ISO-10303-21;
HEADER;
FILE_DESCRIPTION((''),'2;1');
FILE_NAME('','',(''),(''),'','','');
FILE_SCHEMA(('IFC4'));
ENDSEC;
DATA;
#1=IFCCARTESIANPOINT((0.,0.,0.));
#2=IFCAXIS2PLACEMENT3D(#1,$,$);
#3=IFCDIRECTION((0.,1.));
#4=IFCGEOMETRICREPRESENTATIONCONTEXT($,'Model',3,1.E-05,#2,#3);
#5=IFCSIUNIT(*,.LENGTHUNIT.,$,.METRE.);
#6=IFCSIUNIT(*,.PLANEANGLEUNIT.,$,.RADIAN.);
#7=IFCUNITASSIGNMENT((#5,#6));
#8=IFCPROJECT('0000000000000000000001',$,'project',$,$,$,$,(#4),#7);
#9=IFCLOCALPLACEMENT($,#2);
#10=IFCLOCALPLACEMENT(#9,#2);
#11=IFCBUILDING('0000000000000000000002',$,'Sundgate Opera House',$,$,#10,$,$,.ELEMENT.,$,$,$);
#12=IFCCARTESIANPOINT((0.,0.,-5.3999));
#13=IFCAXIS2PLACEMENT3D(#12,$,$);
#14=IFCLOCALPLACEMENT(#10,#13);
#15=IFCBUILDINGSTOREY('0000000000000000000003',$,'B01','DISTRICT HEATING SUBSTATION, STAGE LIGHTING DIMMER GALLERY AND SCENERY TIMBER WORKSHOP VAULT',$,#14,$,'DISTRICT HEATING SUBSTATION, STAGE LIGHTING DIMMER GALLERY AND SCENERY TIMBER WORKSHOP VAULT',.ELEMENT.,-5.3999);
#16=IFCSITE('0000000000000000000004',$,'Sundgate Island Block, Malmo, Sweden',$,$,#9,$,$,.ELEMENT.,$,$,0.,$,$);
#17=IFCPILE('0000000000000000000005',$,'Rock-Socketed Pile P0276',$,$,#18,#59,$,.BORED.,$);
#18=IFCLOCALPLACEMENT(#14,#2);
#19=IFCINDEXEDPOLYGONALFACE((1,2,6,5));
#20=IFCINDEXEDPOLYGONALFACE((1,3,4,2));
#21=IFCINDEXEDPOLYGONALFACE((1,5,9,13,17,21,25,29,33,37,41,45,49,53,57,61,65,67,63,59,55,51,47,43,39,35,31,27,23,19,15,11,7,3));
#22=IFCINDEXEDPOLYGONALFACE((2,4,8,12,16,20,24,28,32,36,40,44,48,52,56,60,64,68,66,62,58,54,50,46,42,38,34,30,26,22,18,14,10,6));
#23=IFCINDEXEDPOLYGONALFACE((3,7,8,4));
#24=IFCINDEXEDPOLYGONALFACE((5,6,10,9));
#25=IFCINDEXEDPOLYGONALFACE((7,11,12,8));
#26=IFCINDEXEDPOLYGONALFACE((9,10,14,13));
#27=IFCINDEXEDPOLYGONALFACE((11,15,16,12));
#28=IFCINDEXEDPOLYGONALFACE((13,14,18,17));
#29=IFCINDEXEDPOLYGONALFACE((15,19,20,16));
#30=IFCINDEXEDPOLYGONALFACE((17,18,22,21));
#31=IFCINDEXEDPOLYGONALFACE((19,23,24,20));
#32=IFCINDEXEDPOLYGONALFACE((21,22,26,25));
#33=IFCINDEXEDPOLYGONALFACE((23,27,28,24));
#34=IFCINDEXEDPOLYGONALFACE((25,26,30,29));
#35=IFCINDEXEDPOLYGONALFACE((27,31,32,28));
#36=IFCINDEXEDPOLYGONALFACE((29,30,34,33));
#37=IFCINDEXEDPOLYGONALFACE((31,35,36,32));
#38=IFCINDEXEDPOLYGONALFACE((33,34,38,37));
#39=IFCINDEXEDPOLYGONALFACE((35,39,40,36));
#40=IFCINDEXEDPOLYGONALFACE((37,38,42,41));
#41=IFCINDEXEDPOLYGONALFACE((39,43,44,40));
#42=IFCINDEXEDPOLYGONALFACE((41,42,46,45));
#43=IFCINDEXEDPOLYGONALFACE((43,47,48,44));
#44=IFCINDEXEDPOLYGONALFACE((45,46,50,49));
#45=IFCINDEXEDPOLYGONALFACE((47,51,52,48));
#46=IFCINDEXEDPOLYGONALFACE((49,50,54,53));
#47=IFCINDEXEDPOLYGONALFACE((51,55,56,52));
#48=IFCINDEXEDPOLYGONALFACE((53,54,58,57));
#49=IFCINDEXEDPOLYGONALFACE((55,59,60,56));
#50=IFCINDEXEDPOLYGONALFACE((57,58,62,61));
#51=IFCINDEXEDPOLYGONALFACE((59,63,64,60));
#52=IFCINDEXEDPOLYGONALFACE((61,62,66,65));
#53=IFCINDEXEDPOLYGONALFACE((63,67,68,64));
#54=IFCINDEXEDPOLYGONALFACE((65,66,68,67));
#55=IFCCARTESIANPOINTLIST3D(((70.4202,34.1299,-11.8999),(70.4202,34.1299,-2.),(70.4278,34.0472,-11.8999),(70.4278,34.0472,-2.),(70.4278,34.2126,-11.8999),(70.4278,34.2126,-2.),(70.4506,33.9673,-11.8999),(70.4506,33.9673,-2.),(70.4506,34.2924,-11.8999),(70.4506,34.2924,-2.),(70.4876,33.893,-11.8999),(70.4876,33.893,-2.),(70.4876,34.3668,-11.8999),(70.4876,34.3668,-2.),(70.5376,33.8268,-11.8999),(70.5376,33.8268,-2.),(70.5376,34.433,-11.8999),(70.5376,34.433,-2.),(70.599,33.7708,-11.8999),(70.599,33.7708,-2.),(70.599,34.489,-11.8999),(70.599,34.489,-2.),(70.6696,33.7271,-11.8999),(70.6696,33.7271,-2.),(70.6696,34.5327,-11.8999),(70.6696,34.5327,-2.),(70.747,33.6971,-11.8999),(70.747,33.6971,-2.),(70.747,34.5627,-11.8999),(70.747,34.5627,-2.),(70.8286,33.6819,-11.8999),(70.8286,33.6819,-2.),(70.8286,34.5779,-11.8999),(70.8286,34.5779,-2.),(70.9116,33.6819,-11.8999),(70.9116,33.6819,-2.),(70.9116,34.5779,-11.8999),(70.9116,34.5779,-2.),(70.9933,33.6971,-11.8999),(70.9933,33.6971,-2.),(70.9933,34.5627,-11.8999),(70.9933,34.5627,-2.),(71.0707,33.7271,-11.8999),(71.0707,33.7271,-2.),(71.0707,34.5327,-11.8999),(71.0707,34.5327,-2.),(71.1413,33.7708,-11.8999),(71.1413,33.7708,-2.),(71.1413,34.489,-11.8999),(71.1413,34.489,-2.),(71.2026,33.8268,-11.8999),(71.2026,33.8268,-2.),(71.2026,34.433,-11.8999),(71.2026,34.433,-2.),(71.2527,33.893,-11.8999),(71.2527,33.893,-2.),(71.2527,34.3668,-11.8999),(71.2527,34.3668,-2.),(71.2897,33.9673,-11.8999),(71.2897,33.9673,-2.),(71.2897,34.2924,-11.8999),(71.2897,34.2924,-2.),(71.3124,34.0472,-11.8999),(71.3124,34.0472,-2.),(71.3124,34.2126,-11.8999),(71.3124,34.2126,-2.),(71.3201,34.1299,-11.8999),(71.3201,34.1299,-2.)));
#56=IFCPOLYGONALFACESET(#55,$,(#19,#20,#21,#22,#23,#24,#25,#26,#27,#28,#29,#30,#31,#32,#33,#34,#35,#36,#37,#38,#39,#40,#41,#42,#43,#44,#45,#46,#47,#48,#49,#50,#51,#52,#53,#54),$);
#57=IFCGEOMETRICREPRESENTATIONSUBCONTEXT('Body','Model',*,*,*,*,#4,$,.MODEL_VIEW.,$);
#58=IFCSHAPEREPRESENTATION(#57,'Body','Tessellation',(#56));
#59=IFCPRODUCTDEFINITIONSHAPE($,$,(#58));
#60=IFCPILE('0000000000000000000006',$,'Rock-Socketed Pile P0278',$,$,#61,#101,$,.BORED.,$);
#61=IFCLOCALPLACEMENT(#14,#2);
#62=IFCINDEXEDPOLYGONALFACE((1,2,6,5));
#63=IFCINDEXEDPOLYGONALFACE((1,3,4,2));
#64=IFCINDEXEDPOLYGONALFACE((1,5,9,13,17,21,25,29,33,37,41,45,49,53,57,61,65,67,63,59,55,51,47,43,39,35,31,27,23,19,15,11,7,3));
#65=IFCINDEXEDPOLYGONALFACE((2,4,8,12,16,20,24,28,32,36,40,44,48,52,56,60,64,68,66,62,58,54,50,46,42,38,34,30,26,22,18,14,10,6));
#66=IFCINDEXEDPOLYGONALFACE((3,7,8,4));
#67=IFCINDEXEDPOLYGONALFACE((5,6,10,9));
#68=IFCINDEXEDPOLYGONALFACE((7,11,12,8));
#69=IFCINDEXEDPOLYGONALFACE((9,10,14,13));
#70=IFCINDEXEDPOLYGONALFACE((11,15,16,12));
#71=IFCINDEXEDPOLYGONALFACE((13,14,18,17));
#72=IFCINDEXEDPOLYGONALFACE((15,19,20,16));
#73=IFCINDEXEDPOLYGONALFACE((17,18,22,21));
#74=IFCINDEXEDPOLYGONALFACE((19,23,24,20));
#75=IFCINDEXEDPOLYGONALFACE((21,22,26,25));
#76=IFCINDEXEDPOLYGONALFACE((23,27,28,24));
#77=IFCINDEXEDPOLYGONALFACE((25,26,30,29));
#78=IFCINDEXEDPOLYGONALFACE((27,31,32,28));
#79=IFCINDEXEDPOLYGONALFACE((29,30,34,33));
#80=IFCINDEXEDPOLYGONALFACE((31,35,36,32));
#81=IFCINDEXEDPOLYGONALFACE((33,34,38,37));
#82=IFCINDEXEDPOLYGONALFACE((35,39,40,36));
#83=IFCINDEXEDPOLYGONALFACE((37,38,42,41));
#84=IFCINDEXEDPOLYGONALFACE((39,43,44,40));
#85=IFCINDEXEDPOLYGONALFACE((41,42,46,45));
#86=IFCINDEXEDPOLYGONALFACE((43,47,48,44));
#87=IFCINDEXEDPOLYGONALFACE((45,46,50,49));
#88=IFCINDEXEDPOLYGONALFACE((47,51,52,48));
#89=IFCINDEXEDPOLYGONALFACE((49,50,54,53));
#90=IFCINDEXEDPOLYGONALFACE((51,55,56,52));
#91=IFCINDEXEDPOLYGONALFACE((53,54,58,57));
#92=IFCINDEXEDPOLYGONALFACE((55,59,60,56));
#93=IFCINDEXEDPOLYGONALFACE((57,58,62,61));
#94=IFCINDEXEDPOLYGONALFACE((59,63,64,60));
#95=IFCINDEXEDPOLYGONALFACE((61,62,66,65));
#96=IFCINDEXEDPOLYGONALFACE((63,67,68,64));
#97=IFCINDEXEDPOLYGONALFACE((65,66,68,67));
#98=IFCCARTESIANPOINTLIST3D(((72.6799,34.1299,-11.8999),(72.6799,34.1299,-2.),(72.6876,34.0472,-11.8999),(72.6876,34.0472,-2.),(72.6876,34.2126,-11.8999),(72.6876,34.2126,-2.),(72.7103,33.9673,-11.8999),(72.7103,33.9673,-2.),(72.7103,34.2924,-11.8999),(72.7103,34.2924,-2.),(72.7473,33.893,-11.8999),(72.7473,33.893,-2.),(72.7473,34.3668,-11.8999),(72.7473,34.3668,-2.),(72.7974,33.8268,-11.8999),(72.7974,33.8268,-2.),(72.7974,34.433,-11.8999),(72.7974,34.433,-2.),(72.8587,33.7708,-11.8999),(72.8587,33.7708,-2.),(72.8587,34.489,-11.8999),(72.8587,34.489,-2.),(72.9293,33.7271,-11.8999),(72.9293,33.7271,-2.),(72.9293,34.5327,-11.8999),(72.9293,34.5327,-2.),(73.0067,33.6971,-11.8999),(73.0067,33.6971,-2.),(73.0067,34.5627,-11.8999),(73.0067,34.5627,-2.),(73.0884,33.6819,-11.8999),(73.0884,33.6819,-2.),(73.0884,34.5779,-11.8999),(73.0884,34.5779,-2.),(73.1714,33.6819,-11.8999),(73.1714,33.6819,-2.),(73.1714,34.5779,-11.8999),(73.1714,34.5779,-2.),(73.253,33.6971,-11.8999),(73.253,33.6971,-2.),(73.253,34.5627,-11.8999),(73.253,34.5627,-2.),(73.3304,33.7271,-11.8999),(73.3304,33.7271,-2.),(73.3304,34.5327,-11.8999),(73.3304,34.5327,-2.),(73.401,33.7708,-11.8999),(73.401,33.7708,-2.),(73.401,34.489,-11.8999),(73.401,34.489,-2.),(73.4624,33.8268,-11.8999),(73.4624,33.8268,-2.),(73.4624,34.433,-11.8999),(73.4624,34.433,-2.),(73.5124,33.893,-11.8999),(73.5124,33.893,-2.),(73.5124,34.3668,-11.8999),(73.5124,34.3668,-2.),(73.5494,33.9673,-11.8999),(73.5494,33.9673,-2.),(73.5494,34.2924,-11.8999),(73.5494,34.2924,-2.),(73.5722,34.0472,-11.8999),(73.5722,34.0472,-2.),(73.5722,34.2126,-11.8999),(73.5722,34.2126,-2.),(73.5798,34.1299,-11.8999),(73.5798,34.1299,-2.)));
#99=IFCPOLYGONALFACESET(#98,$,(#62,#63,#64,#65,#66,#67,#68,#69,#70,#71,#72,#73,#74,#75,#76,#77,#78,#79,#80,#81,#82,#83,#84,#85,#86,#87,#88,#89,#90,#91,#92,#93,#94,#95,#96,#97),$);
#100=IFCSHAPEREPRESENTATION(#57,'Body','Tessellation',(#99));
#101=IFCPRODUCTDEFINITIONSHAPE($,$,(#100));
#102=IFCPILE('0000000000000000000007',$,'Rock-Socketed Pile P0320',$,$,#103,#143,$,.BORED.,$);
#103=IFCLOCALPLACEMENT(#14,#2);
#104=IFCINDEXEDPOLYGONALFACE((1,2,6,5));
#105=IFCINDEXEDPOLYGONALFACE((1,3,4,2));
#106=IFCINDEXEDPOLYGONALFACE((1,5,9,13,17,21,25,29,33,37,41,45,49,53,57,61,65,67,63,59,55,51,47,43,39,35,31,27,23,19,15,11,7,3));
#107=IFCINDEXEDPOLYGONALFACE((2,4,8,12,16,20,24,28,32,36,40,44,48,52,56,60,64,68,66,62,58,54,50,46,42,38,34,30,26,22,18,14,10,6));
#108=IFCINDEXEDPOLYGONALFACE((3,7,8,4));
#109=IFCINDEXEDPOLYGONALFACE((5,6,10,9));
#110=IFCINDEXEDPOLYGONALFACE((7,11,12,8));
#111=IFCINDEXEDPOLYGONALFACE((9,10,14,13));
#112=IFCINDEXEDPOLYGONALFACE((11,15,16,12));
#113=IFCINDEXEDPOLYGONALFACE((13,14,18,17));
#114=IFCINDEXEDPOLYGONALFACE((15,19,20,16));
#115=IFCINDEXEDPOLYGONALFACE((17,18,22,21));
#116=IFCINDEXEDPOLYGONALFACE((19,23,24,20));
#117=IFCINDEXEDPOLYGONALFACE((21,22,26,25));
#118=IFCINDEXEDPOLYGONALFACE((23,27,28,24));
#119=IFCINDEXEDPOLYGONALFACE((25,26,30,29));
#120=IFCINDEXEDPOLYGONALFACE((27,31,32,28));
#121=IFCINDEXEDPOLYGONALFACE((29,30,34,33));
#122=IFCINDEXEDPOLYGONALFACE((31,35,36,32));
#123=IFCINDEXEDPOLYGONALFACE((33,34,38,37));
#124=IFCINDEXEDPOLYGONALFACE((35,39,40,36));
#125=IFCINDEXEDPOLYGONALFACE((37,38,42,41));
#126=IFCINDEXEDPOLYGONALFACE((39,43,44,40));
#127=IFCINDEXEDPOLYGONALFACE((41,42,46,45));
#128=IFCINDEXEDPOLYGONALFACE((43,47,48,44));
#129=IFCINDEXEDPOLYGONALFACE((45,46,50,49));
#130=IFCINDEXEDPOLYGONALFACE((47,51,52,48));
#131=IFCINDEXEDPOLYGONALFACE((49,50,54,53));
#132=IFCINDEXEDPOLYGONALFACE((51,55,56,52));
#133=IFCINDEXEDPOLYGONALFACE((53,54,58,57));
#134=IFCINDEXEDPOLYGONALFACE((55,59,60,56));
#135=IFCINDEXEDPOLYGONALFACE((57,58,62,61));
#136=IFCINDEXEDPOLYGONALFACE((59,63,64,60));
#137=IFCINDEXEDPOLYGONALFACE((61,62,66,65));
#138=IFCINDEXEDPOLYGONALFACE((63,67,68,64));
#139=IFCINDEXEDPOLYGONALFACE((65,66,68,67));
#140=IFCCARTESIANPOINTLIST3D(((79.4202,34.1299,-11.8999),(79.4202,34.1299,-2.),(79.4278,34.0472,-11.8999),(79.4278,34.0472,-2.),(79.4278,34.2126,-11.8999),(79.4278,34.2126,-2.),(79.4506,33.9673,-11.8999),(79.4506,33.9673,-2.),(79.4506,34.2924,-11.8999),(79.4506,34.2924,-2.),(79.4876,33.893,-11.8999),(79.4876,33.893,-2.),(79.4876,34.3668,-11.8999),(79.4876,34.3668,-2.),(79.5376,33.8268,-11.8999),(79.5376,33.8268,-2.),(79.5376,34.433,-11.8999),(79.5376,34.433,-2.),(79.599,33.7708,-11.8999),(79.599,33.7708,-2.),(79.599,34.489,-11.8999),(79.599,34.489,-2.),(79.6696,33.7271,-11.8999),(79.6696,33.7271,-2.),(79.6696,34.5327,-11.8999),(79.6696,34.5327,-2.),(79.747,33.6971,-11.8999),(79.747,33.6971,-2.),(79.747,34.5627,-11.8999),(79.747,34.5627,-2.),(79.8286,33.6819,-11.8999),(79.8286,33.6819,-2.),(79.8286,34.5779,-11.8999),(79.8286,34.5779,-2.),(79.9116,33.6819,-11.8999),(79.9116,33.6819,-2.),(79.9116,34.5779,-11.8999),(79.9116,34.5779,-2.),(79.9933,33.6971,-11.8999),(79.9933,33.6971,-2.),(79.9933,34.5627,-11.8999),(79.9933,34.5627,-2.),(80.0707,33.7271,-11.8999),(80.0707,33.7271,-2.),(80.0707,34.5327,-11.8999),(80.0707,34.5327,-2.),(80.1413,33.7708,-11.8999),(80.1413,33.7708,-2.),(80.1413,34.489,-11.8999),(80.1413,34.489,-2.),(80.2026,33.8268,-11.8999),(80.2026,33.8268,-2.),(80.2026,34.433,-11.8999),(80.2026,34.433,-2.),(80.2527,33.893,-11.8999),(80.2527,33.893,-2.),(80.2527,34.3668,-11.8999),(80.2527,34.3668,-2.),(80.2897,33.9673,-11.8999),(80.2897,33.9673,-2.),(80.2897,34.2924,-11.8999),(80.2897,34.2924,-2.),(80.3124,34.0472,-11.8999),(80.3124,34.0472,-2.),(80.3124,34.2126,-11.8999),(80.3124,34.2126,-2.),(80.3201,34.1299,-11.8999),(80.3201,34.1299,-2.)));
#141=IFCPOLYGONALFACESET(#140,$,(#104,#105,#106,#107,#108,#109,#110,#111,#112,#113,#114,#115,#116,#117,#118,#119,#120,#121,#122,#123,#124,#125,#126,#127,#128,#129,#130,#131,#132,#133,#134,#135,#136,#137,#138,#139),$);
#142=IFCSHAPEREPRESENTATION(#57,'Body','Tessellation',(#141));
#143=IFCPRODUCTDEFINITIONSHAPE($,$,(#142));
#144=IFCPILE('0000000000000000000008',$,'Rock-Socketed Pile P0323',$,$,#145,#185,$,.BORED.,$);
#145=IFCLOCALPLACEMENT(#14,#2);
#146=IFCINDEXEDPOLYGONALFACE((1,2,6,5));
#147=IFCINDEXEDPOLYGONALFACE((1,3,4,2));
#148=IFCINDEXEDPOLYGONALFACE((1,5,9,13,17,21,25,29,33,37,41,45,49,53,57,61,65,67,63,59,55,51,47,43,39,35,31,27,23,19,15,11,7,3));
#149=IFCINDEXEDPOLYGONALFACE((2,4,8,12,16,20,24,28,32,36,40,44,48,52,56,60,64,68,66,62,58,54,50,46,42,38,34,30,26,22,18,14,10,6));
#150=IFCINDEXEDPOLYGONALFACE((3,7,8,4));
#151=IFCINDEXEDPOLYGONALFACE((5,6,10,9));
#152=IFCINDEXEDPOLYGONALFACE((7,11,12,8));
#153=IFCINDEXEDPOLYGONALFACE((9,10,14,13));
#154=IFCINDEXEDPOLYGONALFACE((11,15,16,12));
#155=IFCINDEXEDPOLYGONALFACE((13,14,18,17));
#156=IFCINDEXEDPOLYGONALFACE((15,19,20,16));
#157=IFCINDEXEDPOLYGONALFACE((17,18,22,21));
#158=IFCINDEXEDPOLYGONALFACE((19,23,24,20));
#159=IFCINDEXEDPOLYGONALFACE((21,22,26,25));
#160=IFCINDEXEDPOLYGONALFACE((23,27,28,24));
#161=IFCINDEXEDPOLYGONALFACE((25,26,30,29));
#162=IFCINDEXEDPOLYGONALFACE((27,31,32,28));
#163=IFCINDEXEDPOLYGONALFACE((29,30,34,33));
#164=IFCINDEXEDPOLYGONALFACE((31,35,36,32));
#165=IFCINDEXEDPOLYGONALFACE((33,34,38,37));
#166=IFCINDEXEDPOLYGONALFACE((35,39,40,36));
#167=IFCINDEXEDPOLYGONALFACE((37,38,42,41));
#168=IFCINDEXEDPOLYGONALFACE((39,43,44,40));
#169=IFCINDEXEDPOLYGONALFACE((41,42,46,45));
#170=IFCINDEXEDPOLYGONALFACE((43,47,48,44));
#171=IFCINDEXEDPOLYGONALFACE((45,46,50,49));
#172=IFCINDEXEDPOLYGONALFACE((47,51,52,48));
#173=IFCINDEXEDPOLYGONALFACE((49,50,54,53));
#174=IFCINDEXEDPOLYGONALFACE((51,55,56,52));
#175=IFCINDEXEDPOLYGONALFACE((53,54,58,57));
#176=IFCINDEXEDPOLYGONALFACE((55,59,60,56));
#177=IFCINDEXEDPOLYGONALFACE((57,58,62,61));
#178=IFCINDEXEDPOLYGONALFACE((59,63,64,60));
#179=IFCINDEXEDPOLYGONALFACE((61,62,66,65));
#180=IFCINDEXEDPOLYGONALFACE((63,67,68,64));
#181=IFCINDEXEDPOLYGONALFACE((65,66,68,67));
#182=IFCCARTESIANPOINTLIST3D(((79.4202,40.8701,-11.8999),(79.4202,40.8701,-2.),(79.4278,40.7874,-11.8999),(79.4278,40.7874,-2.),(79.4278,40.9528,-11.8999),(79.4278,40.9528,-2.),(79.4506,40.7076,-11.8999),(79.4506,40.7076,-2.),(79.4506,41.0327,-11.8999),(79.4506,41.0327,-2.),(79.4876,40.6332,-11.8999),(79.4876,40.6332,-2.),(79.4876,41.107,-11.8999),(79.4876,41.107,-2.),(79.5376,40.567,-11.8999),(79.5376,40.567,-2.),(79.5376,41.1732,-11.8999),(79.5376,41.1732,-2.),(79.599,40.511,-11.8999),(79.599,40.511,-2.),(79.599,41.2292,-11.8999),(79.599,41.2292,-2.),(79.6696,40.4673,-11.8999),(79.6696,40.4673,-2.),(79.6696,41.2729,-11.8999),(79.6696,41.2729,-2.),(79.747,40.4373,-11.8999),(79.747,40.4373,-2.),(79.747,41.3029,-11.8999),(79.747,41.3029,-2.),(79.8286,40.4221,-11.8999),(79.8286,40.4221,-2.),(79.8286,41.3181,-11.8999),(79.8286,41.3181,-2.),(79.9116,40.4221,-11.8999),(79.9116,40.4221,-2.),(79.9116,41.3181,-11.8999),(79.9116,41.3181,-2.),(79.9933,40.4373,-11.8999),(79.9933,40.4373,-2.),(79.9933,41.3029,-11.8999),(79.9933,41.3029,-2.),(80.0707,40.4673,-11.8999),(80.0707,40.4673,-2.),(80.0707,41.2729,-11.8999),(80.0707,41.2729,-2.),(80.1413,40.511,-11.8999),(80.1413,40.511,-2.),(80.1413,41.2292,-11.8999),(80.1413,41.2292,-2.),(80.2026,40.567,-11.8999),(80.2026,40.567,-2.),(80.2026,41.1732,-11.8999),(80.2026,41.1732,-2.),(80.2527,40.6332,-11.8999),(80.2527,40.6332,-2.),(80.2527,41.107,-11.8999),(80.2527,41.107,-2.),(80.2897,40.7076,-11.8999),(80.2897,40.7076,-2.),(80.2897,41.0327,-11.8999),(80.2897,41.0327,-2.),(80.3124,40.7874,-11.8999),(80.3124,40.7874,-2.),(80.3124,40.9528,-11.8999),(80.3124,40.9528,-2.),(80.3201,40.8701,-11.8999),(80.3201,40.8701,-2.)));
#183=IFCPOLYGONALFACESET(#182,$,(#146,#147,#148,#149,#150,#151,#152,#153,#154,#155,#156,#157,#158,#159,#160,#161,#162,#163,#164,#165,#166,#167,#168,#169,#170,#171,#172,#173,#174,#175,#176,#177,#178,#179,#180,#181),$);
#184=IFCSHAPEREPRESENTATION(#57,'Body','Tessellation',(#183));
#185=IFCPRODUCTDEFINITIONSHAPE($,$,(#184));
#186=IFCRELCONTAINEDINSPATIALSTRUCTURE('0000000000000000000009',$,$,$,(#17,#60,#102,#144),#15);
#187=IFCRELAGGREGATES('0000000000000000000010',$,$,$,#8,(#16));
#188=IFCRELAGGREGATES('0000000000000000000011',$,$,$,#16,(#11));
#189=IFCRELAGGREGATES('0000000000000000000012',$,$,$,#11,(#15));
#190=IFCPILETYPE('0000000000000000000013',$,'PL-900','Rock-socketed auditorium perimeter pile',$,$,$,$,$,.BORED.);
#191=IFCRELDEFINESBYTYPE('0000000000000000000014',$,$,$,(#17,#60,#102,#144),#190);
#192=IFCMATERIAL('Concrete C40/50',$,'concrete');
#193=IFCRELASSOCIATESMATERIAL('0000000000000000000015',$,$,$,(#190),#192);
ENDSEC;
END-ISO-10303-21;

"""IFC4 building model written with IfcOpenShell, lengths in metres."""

from ifc_helpers import new_model, si_unit, direction, frame, origin, origin_2d, place, context, subcontext, project, spatial, circle, extrude, material, material_profile, profile_set, type_object, element, save


model = new_model("IFC4")

# Units and contexts
model_context = context("Model", 3, precision=1e-05, world=origin(), true_north=direction((0.0, 1.0)))
body_context = subcontext(model_context, "Body", "Model", "MODEL_VIEW")
ifc_project = project(units=[si_unit("LENGTHUNIT", "METRE"), si_unit("PLANEANGLEUNIT", "RADIAN")], contexts=[model_context])

# Site, building, storey
site_placement = place(None, origin())
site = spatial("IfcSite", under=ifc_project, at=site_placement, Name="Sundgate Island Block, Malmo, Sweden", CompositionType="ELEMENT", RefElevation=0.0)
building_placement = place(site_placement, origin())
building = spatial("IfcBuilding", under=site, at=building_placement, Name="Sundgate Opera House", CompositionType="ELEMENT")
storey_placement = place(building_placement, frame((0.0, 0.0, -5.3999)))
storey = spatial("IfcBuildingStorey", under=building, at=storey_placement, Name="B01", Description="DISTRICT HEATING SUBSTATION, STAGE LIGHTING DIMMER GALLERY AND SCENERY TIMBER WORKSHOP VAULT", LongName="DISTRICT HEATING SUBSTATION, STAGE LIGHTING DIMMER GALLERY AND SCENERY TIMBER WORKSHOP VAULT", CompositionType="ELEMENT", Elevation=-5.3999)

# Piles
ifc_material_1 = material(Name="Concrete C40/50", Category="concrete")
ifc_material_profile_1 = material_profile(ifc_material_1, circle(Radius=0.45, at=origin_2d()), Name="PILE D900")
ifc_profile_set_1 = profile_set([ifc_material_profile_1], Name="Concrete C40/50")
pile_type_1 = type_object("IfcPileType", Name="PL-900", Description="Rock-socketed auditorium perimeter pile", PredefinedType="BORED", material=ifc_profile_set_1)
for number, where, z_axis, x_axis, name in (
    (1, (70.8701, 34.1299, -2.0), (0.0, 0.0, -1.0), (1.0, 0.0, 0.0), "Rock-Socketed Pile P0276"),
    (2, (73.1299, 34.1299, -2.0), (0.0, 0.0, -1.0), (1.0, 0.0, 0.0), "Rock-Socketed Pile P0278"),
    (3, (79.8701, 34.1299, -2.0), (0.0, 0.0, -1.0), (1.0, 0.0, 0.0), "Rock-Socketed Pile P0320"),
    (4, (79.8701, 40.8701, -2.0), (0.0, 0.0, -1.0), (1.0, 0.0, 0.0), "Rock-Socketed Pile P0323"),
):
    element("IfcPile", number, at=place(storey_placement, frame(where, z_axis=z_axis, x_axis=x_axis)), inside=storey, type_object=pile_type_1, Name=name, PredefinedType="BORED", context=body_context, shape_type="SweptSolid", body=[
        extrude(circle(Radius=0.45, at=origin_2d()), origin(), (0.0, 0.0, 1.0), 9.8999),
    ])

save(model, "model.ifc")
